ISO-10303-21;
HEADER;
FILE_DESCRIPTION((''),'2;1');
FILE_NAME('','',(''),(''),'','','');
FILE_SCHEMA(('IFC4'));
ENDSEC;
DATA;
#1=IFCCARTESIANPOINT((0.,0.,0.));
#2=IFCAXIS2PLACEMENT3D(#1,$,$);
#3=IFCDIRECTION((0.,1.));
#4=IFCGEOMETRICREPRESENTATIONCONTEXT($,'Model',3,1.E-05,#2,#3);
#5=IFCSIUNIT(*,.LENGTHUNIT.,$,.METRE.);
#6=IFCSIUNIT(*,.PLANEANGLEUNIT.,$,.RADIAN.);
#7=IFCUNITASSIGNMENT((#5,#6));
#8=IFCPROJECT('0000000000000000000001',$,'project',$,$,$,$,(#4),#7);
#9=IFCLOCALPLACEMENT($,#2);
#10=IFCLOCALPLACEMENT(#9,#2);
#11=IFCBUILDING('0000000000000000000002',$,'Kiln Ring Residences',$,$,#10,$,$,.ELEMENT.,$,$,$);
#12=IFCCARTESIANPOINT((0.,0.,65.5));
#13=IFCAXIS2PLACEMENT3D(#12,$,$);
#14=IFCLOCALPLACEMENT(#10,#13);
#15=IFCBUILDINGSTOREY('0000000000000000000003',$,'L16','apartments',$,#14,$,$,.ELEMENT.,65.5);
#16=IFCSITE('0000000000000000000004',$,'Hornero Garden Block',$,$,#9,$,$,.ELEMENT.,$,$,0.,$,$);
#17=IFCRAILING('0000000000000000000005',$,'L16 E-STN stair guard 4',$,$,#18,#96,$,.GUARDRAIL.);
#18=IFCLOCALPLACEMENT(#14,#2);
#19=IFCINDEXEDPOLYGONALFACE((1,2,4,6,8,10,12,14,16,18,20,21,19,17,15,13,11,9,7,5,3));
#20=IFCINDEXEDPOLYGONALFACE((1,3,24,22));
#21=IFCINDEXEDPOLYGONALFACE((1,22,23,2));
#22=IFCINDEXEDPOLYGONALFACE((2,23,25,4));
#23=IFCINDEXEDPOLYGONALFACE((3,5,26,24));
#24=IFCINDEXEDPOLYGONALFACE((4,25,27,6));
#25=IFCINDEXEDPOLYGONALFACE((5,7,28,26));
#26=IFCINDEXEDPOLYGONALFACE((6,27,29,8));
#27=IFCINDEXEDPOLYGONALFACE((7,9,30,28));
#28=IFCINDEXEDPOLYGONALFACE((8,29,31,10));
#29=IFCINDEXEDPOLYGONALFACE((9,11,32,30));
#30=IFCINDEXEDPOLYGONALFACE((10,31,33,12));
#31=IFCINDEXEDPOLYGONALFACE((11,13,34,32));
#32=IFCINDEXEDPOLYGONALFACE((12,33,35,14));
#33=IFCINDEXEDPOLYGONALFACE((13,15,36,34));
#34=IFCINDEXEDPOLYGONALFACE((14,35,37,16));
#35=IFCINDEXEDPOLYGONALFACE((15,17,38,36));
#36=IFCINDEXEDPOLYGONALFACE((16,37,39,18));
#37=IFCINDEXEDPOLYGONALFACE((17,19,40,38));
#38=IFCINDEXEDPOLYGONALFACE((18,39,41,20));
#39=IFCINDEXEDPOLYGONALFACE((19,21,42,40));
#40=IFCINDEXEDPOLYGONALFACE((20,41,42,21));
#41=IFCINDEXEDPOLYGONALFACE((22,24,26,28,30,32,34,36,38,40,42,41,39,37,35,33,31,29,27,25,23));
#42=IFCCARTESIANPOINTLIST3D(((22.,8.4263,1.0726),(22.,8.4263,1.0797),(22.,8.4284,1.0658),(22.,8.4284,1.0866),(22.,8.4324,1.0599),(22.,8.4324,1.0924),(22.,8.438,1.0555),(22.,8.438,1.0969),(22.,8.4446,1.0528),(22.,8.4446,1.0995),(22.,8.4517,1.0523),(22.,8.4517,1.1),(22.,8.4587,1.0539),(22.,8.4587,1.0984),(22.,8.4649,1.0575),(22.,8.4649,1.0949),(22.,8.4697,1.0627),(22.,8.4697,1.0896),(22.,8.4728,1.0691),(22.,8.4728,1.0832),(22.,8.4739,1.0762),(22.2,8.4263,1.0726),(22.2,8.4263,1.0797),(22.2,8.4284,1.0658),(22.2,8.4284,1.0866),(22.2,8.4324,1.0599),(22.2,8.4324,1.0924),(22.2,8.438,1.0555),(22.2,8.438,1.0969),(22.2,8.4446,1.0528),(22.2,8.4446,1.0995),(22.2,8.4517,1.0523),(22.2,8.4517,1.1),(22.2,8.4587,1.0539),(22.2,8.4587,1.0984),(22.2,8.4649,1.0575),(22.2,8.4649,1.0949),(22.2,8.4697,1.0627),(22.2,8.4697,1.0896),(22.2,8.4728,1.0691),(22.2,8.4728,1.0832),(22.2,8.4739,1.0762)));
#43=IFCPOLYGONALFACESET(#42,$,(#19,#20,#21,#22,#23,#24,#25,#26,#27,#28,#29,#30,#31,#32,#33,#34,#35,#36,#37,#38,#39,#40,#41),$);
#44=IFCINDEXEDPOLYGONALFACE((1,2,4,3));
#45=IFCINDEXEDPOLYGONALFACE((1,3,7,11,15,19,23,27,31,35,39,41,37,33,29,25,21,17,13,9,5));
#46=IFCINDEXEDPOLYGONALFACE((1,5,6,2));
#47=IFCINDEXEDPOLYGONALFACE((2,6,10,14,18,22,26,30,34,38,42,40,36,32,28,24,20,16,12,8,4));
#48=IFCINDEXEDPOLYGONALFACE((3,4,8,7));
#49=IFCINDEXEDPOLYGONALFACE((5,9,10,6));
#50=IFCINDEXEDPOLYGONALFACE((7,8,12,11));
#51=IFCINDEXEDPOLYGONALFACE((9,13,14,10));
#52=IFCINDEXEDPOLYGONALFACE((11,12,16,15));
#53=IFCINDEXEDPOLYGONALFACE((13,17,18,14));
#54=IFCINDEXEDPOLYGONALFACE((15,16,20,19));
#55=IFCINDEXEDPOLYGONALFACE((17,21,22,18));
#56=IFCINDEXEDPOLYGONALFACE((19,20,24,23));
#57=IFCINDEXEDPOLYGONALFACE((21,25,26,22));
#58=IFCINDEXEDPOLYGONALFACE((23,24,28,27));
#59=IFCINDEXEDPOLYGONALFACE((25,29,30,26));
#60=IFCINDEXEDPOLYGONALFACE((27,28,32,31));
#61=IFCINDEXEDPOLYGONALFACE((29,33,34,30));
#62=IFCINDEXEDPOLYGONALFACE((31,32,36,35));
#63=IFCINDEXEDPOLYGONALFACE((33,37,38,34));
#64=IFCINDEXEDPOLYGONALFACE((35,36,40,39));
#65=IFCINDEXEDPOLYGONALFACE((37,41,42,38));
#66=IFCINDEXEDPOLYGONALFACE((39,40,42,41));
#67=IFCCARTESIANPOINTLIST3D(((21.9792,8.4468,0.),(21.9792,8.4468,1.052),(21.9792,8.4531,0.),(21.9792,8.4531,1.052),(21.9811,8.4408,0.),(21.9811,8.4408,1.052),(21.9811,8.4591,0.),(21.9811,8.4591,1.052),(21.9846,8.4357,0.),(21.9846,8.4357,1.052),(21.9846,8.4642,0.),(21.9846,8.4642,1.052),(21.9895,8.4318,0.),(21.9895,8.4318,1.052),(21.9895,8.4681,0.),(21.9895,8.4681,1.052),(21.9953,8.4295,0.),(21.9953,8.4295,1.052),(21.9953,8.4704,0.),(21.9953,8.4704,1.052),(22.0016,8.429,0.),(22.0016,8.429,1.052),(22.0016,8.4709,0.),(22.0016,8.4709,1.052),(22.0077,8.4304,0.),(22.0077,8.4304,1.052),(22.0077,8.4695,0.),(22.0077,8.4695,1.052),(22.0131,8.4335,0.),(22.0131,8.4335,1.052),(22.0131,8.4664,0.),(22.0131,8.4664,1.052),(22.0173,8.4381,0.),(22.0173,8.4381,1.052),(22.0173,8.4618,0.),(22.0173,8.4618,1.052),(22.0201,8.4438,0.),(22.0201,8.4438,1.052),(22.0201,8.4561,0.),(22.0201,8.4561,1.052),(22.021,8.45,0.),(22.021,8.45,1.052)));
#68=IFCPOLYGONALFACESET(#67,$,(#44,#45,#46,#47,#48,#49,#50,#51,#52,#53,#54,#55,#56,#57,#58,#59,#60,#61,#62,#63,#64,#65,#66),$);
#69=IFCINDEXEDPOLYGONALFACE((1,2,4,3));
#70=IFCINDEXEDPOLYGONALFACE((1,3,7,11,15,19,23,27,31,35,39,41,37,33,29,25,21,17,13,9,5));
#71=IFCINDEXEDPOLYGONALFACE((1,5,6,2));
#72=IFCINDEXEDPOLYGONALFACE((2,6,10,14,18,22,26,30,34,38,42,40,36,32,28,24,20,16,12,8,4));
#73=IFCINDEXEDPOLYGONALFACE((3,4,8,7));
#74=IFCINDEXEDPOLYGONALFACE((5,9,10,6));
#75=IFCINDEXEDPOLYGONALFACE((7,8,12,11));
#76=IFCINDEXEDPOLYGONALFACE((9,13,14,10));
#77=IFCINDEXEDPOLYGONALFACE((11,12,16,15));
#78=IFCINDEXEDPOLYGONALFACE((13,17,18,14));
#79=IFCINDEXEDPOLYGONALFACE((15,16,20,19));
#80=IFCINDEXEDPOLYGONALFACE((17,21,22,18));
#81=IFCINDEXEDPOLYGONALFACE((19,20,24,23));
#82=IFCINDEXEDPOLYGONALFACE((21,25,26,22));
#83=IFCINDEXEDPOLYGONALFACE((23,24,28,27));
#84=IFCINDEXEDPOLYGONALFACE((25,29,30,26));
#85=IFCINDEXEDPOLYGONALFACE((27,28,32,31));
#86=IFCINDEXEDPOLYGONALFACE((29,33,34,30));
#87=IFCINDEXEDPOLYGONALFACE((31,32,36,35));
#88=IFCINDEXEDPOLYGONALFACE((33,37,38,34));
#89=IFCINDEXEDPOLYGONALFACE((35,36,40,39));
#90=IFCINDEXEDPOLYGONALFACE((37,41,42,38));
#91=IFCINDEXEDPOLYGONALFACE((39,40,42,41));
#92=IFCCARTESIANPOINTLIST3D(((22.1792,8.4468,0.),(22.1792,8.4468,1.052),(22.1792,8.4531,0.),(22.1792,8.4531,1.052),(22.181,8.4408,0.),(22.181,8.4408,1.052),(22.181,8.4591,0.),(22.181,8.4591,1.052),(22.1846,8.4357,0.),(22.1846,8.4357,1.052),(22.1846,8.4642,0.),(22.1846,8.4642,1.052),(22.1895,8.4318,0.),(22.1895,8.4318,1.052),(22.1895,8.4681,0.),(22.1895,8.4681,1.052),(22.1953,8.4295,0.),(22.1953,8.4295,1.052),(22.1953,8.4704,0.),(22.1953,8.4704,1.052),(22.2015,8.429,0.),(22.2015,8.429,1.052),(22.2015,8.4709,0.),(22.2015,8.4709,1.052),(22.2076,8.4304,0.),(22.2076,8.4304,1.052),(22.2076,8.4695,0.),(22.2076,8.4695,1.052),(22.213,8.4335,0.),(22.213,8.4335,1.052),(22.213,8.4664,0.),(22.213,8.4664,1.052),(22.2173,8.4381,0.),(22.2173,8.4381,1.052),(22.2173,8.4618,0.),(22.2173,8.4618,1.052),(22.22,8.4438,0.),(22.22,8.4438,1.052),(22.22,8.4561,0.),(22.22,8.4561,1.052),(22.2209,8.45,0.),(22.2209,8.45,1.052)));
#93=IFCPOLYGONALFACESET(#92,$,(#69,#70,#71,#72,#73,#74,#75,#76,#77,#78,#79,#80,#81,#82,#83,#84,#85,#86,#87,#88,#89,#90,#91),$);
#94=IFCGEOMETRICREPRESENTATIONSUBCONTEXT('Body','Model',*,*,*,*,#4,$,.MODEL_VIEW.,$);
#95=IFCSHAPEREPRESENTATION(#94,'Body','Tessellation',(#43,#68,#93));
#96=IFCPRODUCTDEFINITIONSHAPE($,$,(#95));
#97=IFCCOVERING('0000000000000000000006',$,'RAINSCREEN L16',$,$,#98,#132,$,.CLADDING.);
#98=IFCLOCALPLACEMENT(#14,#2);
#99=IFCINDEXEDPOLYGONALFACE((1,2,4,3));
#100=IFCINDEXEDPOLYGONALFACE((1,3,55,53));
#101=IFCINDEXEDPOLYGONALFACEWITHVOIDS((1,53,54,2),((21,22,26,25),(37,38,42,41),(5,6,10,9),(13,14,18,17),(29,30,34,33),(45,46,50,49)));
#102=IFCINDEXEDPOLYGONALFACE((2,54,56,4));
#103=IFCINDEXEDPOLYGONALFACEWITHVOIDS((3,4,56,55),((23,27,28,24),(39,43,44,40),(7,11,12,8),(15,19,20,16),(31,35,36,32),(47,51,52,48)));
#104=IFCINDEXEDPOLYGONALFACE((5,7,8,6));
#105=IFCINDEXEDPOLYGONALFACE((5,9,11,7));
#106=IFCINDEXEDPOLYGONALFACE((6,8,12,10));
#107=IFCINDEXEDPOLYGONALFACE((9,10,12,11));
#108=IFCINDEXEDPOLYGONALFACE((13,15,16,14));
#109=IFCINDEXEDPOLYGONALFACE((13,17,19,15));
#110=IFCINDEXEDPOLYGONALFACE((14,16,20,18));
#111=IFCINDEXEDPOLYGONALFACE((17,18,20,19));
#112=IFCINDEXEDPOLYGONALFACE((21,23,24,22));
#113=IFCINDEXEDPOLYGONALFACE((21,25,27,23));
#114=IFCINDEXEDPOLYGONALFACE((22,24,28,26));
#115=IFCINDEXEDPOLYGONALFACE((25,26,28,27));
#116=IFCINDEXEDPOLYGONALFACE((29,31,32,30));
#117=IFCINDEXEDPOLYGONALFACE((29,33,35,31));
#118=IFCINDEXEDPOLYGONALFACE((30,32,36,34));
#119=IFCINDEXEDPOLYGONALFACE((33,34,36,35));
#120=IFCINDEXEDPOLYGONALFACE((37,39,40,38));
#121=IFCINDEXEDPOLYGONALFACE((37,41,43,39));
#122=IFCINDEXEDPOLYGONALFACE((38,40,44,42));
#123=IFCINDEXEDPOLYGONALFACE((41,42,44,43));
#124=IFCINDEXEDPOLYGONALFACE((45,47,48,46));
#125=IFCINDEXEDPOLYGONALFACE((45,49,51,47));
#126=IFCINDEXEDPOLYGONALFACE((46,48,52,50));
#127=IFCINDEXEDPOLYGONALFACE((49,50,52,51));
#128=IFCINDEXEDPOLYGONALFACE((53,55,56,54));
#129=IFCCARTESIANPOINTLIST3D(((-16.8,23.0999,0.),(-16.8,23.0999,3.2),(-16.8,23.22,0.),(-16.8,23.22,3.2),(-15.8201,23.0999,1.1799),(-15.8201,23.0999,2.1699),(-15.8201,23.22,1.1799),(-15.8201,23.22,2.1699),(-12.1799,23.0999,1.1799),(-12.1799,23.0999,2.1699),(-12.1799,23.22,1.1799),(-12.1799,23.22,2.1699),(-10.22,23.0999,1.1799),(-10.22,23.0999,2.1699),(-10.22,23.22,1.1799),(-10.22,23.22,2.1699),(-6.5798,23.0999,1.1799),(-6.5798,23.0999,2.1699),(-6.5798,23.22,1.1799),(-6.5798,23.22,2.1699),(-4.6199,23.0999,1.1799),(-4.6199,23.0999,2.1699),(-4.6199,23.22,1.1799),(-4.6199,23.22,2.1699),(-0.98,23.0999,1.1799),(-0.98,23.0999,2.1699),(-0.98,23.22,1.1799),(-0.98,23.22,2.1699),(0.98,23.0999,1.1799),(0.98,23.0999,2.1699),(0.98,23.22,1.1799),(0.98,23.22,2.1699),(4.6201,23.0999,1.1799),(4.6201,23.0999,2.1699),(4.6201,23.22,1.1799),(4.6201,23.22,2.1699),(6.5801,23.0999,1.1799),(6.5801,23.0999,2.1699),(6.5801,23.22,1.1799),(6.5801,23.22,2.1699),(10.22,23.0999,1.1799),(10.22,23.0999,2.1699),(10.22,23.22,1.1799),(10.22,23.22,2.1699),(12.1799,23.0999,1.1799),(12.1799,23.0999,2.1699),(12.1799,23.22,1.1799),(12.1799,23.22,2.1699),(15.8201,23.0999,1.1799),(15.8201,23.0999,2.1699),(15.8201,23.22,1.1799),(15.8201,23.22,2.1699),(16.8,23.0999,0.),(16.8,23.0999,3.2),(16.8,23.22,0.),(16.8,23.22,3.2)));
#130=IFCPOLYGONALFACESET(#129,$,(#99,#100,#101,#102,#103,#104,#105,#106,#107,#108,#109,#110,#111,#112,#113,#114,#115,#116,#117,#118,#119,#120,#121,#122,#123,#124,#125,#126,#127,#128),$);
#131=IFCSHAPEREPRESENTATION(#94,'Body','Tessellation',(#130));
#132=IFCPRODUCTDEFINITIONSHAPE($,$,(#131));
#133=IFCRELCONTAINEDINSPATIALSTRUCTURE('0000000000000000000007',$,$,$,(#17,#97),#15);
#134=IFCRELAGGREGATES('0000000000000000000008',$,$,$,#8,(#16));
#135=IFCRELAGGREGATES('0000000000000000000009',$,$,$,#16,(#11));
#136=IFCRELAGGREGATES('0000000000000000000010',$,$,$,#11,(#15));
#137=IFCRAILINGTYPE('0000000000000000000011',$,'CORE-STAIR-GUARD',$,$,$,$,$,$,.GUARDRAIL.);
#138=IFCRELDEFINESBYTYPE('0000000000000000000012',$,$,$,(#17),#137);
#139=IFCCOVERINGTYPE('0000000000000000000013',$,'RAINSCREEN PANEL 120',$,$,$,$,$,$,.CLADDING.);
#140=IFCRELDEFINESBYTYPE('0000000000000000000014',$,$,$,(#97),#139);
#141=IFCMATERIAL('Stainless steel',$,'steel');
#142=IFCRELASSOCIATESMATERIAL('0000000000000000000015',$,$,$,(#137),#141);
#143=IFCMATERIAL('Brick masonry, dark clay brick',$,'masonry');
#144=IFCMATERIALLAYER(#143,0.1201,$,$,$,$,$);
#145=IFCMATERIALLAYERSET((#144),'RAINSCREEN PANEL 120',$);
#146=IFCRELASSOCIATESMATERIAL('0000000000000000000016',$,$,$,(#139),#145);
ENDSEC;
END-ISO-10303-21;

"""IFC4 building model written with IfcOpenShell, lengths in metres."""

from ifc_helpers import new_model, si_unit, direction, frame, origin, origin_2d, place, context, subcontext, project, spatial, polyline, circle, outline, extrude, material, layer, layer_set, type_object, element, save


model = new_model("IFC4")

# Units and contexts
model_context = context("Model", 3, precision=1e-05, world=origin(), true_north=direction((0.0, 1.0)))
body_context = subcontext(model_context, "Body", "Model", "MODEL_VIEW")
ifc_project = project(units=[si_unit("LENGTHUNIT", "METRE"), si_unit("PLANEANGLEUNIT", "RADIAN")], contexts=[model_context])

# Site, building, storey
site_placement = place(None, origin())
site = spatial("IfcSite", under=ifc_project, at=site_placement, Name="Hornero Garden Block", CompositionType="ELEMENT", RefElevation=0.0)
building_placement = place(site_placement, origin())
building = spatial("IfcBuilding", under=site, at=building_placement, Name="Kiln Ring Residences", CompositionType="ELEMENT")
storey_placement = place(building_placement, frame((0.0, 0.0, 65.5)))
storey = spatial("IfcBuildingStorey", under=building, at=storey_placement, Name="L16", Description="apartments", CompositionType="ELEMENT", Elevation=65.5)

# Railing
ifc_material_1 = material(Name="Stainless steel", Category="steel")
railing_type = type_object("IfcRailingType", Name="CORE-STAIR-GUARD", PredefinedType="GUARDRAIL", material=ifc_material_1)
railing_1_placement = place(storey_placement, frame((22.0, 8.45, 0.0)))
element("IfcRailing", 1, at=railing_1_placement, inside=storey, type_object=railing_type, Name="L16 E-STN stair guard 4", PredefinedType="GUARDRAIL", context=body_context, shape_type="SweptSolid", body=[
    extrude(circle(Radius=0.0239, at=origin_2d()), frame((0.0, 0.0, 1.0762), z_axis=(1.0, 0.0, 0.0), x_axis=(0.0, 1.0, 0.0)), (0.0, 0.0, 1.0), 0.2),
    extrude(circle(Radius=0.021, at=origin_2d()), origin(), (0.0, 0.0, 1.0), 1.052),
    extrude(circle(Radius=0.021, at=origin_2d()), frame((0.2, 0.0, 0.0)), (0.0, 0.0, 1.0), 1.052),
])

# Covering
ifc_material_2 = material(Name="Brick masonry, dark clay brick", Category="masonry")
ifc_layer_1 = layer(ifc_material_2, 0.1201)
ifc_layer_set_1 = layer_set([ifc_layer_1], Name="RAINSCREEN PANEL 120")
covering_type = type_object("IfcCoveringType", Name="RAINSCREEN PANEL 120", PredefinedType="CLADDING", material=ifc_layer_set_1)
covering_placement = place(storey_placement, frame((16.8, 23.1599, 0.0), z_axis=(0.0, 0.0, 1.0), x_axis=(-1.0, 0.0, 0.0)))
element("IfcCovering", 2, at=covering_placement, inside=storey, type_object=covering_type, Name="RAINSCREEN L16", PredefinedType="CLADDING", context=body_context, shape_type="SweptSolid", body=[
    extrude(outline(polyline([(0.0, 0.0), (33.6001, 0.0), (33.6001, 3.2), (0.0, 3.2), (0.0, 0.0)]), holes=[polyline([(4.6201, 1.1799), (4.6201, 2.1699), (0.98, 2.1699), (0.98, 1.1799), (4.6201, 1.1799)]), polyline([(6.5801, 1.1799), (10.22, 1.1799), (10.22, 2.1699), (6.5801, 2.1699), (6.5801, 1.1799)]), polyline([(12.1799, 1.1799), (15.8201, 1.1799), (15.8201, 2.1699), (12.1799, 2.1699), (12.1799, 1.1799)]), polyline([(21.4199, 1.1799), (21.4199, 2.1699), (17.78, 2.1699), (17.78, 1.1799), (21.4199, 1.1799)]), polyline([(23.3799, 1.1799), (27.02, 1.1799), (27.02, 2.1699), (23.3799, 2.1699), (23.3799, 1.1799)]), polyline([(28.98, 1.1799), (32.6201, 1.1799), (32.6201, 2.1699), (28.98, 2.1699), (28.98, 1.1799)])]), frame((0.0, 0.0601, 0.0), z_axis=(0.0, -1.0, 0.0), x_axis=(1.0, 0.0, 0.0)), (0.0, 0.0, 1.0), 0.1201),
])

save(model, "model.ifc")
